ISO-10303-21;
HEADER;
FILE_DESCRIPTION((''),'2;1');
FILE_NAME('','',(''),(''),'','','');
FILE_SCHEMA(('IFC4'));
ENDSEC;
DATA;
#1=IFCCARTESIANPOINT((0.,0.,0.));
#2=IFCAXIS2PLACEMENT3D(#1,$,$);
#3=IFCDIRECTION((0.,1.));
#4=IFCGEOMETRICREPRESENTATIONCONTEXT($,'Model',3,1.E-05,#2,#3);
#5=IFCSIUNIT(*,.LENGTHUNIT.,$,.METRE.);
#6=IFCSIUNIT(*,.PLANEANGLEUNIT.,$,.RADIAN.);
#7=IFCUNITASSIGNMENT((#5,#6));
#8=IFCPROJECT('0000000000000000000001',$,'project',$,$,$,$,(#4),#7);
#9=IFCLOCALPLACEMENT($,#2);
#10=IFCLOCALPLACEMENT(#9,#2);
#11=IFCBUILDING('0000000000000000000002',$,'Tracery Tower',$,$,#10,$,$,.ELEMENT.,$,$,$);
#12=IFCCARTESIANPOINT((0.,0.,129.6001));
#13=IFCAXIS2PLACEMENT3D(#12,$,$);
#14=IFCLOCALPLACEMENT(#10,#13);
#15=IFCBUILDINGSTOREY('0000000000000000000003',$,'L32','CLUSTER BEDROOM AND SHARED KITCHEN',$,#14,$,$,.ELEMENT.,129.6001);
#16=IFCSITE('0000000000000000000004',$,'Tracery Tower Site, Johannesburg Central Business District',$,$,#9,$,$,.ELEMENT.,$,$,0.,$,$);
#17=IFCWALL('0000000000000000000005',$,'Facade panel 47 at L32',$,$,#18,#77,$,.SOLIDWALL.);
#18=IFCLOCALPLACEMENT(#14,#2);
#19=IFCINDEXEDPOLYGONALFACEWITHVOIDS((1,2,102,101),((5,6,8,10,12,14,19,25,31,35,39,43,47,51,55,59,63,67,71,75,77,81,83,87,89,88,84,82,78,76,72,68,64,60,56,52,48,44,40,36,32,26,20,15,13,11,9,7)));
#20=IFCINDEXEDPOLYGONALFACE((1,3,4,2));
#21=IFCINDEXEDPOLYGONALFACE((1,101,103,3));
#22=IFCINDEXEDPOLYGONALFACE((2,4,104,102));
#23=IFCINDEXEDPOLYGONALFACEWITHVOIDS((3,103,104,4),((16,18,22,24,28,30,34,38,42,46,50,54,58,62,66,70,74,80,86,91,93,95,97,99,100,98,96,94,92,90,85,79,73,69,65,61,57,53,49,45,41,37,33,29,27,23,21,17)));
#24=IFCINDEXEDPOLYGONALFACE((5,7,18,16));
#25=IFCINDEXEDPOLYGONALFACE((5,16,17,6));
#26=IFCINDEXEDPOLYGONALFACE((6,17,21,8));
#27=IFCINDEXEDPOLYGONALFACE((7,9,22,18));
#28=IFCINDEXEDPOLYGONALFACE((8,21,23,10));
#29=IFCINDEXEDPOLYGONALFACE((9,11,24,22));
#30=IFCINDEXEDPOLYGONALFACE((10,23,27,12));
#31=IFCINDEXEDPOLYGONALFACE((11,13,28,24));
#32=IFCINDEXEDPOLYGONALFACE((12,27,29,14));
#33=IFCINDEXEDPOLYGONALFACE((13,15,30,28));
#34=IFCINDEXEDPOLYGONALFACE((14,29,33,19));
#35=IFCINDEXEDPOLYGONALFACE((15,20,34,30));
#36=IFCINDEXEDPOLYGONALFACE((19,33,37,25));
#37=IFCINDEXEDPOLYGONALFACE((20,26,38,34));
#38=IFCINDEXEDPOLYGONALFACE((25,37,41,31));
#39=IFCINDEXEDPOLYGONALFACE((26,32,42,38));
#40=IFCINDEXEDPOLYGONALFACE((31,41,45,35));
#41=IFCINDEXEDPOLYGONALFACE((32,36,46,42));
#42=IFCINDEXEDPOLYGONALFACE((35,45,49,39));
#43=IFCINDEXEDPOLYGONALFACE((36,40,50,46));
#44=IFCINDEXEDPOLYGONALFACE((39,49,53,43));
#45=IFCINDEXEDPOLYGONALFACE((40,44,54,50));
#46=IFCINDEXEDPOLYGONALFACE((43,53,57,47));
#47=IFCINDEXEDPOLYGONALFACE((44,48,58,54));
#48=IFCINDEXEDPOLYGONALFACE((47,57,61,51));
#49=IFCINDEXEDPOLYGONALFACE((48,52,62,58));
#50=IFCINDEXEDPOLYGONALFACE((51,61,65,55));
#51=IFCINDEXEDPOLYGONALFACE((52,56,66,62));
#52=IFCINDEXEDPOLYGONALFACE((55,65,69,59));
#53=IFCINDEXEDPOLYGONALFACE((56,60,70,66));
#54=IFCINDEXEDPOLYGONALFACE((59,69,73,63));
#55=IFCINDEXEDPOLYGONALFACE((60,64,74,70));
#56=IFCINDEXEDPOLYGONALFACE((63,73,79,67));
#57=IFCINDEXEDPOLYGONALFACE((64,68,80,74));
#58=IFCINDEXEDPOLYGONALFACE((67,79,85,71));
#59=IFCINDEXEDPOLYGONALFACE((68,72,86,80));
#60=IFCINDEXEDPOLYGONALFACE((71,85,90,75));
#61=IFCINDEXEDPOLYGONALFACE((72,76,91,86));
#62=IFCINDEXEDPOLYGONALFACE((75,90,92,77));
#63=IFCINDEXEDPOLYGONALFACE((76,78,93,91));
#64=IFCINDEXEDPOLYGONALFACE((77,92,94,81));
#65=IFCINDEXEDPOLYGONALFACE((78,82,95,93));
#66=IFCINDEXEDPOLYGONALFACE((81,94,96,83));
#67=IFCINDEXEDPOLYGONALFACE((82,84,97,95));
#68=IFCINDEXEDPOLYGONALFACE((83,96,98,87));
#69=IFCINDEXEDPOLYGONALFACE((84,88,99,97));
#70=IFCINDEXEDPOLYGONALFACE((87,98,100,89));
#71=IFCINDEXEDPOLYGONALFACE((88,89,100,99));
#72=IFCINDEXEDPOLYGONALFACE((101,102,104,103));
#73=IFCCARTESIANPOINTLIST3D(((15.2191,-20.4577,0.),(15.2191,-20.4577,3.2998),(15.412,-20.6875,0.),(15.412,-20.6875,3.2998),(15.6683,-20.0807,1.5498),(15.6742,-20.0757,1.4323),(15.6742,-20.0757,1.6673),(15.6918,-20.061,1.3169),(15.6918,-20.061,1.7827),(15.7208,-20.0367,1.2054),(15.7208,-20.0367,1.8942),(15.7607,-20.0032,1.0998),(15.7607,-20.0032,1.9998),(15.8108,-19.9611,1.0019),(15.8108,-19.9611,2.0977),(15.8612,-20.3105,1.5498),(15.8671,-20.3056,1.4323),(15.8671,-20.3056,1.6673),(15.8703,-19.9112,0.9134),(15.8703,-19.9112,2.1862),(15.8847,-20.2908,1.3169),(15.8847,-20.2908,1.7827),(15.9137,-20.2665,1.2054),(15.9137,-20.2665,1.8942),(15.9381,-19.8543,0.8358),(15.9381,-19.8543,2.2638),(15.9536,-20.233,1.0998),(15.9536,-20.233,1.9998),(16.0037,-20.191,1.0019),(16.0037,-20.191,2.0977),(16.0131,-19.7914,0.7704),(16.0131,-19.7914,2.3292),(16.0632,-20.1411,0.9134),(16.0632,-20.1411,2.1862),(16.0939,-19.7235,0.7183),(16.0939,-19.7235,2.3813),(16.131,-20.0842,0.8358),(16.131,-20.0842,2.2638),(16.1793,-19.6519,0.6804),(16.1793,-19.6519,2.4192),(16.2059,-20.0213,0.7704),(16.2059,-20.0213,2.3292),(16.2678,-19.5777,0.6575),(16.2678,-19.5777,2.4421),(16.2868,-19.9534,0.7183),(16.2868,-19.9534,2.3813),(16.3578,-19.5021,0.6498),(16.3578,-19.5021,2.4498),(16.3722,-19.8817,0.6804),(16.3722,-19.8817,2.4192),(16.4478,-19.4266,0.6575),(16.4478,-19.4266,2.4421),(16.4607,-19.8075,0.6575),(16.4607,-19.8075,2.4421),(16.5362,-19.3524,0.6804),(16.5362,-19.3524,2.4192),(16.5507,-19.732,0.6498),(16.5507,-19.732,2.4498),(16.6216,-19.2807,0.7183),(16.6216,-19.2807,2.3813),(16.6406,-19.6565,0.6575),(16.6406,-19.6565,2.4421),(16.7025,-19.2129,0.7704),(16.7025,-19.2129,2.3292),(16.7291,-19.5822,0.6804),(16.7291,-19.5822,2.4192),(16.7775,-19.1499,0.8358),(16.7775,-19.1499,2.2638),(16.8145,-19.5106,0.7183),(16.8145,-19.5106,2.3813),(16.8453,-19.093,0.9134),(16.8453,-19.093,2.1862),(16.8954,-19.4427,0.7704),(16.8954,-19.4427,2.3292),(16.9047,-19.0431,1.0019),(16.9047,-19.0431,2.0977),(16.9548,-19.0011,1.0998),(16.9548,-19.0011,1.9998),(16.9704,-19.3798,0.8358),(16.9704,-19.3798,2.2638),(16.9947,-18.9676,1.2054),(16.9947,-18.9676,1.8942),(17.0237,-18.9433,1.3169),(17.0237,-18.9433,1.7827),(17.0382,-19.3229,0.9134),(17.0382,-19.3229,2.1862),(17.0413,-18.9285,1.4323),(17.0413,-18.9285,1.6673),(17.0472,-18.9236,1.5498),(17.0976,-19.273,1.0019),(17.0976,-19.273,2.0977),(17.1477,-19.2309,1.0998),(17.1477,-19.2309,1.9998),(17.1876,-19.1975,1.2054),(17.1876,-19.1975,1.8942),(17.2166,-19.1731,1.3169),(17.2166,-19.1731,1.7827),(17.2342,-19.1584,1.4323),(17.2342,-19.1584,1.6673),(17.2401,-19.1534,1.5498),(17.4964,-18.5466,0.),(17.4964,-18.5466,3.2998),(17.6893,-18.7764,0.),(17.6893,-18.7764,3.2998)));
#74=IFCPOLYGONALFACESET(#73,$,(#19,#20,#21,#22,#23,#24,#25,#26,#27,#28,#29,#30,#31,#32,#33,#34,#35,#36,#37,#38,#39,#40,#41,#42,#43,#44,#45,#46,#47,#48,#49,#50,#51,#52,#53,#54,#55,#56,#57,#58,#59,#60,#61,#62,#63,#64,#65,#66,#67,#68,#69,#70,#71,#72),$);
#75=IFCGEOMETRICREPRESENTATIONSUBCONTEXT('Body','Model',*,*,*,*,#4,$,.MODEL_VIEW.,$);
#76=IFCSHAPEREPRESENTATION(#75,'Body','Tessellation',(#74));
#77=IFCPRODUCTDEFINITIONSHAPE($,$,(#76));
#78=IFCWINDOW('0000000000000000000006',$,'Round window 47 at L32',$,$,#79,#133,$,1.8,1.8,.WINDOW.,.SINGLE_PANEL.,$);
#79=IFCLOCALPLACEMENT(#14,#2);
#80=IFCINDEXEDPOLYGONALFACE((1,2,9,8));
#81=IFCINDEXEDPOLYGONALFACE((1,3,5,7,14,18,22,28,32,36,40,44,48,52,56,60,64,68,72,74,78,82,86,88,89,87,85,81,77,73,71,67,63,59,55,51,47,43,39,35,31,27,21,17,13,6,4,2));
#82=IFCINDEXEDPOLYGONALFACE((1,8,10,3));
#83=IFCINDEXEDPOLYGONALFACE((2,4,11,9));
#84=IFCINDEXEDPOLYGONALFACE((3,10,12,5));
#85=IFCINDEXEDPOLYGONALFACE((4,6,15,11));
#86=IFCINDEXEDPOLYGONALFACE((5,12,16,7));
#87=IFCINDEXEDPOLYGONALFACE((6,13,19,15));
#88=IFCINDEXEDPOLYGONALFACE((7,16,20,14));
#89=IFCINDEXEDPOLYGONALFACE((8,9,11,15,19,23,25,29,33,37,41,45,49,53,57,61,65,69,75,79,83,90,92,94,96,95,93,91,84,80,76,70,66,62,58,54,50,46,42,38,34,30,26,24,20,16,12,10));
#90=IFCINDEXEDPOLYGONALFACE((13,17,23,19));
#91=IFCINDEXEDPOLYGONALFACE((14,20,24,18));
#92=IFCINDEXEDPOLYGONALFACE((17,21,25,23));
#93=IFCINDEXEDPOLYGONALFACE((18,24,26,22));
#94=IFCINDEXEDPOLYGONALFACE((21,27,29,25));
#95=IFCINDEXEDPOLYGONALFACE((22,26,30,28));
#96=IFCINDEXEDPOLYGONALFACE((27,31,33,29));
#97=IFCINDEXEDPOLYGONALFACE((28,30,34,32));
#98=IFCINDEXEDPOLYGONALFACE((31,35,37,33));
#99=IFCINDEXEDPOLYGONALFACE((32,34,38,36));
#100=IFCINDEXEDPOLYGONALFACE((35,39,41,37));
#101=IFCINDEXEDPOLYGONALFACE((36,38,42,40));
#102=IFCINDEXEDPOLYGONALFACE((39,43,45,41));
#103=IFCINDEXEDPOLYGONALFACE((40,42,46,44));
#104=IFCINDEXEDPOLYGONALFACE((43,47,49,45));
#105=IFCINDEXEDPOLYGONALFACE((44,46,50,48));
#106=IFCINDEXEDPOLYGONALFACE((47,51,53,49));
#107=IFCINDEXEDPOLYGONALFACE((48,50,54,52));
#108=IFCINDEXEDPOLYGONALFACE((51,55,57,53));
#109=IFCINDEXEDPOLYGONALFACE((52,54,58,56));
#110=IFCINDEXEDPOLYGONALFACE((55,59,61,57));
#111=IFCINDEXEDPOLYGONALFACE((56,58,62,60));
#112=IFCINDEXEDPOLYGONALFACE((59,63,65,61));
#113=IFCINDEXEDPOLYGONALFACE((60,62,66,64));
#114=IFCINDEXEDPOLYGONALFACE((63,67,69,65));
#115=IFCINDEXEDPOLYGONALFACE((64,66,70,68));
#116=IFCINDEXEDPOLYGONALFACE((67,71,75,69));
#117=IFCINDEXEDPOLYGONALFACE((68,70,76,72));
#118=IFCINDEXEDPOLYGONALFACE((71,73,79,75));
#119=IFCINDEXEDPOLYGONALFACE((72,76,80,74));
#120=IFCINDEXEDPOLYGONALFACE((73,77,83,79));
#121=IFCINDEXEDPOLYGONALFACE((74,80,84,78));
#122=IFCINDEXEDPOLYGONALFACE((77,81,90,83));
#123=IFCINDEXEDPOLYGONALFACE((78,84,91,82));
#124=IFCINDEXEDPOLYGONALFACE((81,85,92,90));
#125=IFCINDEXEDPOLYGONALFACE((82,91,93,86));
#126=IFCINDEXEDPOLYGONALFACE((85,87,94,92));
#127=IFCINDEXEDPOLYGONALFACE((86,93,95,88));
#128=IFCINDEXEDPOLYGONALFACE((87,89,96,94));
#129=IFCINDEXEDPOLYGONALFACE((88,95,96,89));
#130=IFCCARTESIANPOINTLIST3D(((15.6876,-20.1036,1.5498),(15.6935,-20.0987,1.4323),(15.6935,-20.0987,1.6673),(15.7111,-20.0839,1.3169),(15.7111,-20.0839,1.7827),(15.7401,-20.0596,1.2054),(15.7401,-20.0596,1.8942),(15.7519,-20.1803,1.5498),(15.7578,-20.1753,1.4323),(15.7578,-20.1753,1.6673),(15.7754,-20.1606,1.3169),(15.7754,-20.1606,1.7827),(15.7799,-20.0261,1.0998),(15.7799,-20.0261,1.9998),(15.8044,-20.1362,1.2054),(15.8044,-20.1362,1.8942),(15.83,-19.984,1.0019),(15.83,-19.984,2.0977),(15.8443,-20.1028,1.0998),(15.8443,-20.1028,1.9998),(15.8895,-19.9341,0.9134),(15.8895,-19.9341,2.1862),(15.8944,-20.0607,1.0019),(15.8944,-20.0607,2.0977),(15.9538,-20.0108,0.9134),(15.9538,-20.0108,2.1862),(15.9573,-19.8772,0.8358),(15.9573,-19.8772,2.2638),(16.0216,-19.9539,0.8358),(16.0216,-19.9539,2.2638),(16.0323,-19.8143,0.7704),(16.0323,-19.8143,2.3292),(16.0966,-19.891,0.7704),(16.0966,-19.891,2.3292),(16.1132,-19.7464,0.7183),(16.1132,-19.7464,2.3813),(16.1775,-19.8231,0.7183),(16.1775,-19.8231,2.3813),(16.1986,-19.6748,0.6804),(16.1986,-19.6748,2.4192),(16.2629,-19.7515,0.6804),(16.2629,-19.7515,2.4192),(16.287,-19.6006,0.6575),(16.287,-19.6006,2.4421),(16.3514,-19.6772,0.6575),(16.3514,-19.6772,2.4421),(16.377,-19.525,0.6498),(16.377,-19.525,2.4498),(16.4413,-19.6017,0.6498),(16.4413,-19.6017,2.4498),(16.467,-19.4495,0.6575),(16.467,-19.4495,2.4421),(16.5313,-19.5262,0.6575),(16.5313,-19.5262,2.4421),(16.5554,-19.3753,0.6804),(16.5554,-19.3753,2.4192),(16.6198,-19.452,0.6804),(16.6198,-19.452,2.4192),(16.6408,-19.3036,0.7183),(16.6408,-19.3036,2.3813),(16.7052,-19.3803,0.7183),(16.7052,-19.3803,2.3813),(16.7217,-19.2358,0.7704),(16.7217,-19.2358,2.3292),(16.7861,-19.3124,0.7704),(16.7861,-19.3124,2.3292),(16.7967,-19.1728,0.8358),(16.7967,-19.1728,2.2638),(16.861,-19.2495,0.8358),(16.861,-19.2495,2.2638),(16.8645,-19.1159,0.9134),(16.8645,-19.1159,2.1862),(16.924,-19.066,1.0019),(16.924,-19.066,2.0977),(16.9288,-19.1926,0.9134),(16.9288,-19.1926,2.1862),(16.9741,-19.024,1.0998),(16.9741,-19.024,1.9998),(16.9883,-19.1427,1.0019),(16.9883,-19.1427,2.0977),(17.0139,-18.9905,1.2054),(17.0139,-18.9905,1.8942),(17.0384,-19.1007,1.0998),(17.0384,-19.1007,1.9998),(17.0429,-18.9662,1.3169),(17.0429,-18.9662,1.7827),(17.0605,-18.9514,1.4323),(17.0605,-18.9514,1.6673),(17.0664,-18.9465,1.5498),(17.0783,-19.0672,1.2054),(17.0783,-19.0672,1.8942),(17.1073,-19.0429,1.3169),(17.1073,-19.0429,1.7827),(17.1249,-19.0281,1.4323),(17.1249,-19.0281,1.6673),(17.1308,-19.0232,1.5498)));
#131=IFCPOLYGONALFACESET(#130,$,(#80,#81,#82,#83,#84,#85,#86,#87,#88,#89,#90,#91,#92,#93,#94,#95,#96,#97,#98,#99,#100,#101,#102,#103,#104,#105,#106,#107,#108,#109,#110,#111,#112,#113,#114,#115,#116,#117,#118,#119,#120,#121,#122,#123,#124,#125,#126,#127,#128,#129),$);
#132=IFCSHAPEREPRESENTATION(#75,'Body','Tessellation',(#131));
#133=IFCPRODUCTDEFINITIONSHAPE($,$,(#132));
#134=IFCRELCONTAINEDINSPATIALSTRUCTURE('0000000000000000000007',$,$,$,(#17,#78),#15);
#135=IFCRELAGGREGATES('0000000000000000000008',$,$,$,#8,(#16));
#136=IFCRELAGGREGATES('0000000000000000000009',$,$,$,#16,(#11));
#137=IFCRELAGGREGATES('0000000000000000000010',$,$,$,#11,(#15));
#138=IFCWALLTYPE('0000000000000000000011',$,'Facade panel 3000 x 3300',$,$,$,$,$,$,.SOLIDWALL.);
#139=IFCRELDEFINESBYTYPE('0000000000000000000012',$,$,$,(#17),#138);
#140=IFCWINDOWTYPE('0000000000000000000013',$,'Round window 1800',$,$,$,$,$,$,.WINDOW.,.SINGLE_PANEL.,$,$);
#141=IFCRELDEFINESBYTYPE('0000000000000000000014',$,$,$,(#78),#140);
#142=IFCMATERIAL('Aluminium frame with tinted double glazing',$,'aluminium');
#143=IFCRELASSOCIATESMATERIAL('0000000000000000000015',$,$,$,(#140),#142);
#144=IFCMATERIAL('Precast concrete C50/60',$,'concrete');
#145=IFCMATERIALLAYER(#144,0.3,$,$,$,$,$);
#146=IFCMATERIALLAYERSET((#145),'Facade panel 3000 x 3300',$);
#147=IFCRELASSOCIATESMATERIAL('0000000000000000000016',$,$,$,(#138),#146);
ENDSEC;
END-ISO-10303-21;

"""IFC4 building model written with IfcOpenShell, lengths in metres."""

from ifc_helpers import new_model, si_unit, direction, frame, frame_2d, origin, origin_2d, place, context, subcontext, project, spatial, rectangle, circle, extrude, material, layer, layer_set, type_object, element, fill, save


model = new_model("IFC4")

# Units and contexts
model_context = context("Model", 3, precision=1e-05, world=origin(), true_north=direction((0.0, 1.0)))
body_context = subcontext(model_context, "Body", "Model", "MODEL_VIEW")
ifc_project = project(units=[si_unit("LENGTHUNIT", "METRE"), si_unit("PLANEANGLEUNIT", "RADIAN")], contexts=[model_context])

# Site, building, storey
site_placement = place(None, origin())
site = spatial("IfcSite", under=ifc_project, at=site_placement, Name="Tracery Tower Site, Johannesburg Central Business District", CompositionType="ELEMENT", RefElevation=0.0)
building_placement = place(site_placement, origin())
building = spatial("IfcBuilding", under=site, at=building_placement, Name="Tracery Tower", CompositionType="ELEMENT")
storey_placement = place(building_placement, frame((0.0, 0.0, 129.6001)))
storey = spatial("IfcBuildingStorey", under=building, at=storey_placement, Name="L32", Description="CLUSTER BEDROOM AND SHARED KITCHEN", CompositionType="ELEMENT", Elevation=129.6001)

# Wall, opening, window
ifc_material_1 = material(Name="Aluminium frame with tinted double glazing", Category="aluminium")
window_type = type_object("IfcWindowType", Name="Round window 1800", PartitioningType="SINGLE_PANEL", PredefinedType="WINDOW", material=ifc_material_1)
ifc_material_2 = material(Name="Precast concrete C50/60", Category="concrete")
ifc_layer_1 = layer(ifc_material_2, 0.3)
ifc_layer_set_1 = layer_set([ifc_layer_1], Name="Facade panel 3000 x 3300")
wall_type_1 = type_object("IfcWallType", Name="Facade panel 3000 x 3300", PredefinedType="SOLIDWALL", material=ifc_layer_set_1)
wall_1_placement = place(storey_placement, frame((15.3157, -20.5725, 0.0), z_axis=(0.0, 0.0, 1.0), x_axis=(0.766009, 0.64283, 0.0)))
wall_1 = element("IfcWall", 1, at=wall_1_placement, inside=storey, type_object=wall_type_1, Name="Facade panel 47 at L32", PredefinedType="SOLIDWALL", context=body_context, shape_type="SweptSolid", body=[
    extrude(rectangle(XDim=2.9729, YDim=0.3, at=frame_2d((1.4863, 0.0))), origin(), (0.0, 0.0, 1.0), 3.2998),
])
opening_1_placement = place(wall_1_placement, frame((1.4863, 0.0, 1.5498)))
opening_1 = element("IfcOpeningElement", 2, at=opening_1_placement, cuts=wall_1, PredefinedType="OPENING", context=body_context, shape_type="SweptSolid", body=[
    extrude(circle(Radius=0.9, at=origin_2d()), frame((0.0, 0.1599, 0.0), z_axis=(0.0, -1.0, 0.0), x_axis=(1.0, 0.0, 0.0)), (0.0, 0.0, 1.0), 0.3201),
])
window_1_placement = place(opening_1_placement, origin())
window_1 = element("IfcWindow", 3, at=window_1_placement, inside=storey, type_object=window_type, Name="Round window 47 at L32", OverallHeight=1.8, OverallWidth=1.8, PartitioningType="SINGLE_PANEL", PredefinedType="WINDOW", context=body_context, shape_type="SweptSolid", body=[
    extrude(circle(Radius=0.9, at=origin_2d()), frame((0.0, 0.1201, 0.0), z_axis=(0.0, -1.0, 0.0), x_axis=(1.0, 0.0, 0.0)), (0.0, 0.0, 1.0), 0.1001),
])
fill(opening_1, window_1)

save(model, "model.ifc")
